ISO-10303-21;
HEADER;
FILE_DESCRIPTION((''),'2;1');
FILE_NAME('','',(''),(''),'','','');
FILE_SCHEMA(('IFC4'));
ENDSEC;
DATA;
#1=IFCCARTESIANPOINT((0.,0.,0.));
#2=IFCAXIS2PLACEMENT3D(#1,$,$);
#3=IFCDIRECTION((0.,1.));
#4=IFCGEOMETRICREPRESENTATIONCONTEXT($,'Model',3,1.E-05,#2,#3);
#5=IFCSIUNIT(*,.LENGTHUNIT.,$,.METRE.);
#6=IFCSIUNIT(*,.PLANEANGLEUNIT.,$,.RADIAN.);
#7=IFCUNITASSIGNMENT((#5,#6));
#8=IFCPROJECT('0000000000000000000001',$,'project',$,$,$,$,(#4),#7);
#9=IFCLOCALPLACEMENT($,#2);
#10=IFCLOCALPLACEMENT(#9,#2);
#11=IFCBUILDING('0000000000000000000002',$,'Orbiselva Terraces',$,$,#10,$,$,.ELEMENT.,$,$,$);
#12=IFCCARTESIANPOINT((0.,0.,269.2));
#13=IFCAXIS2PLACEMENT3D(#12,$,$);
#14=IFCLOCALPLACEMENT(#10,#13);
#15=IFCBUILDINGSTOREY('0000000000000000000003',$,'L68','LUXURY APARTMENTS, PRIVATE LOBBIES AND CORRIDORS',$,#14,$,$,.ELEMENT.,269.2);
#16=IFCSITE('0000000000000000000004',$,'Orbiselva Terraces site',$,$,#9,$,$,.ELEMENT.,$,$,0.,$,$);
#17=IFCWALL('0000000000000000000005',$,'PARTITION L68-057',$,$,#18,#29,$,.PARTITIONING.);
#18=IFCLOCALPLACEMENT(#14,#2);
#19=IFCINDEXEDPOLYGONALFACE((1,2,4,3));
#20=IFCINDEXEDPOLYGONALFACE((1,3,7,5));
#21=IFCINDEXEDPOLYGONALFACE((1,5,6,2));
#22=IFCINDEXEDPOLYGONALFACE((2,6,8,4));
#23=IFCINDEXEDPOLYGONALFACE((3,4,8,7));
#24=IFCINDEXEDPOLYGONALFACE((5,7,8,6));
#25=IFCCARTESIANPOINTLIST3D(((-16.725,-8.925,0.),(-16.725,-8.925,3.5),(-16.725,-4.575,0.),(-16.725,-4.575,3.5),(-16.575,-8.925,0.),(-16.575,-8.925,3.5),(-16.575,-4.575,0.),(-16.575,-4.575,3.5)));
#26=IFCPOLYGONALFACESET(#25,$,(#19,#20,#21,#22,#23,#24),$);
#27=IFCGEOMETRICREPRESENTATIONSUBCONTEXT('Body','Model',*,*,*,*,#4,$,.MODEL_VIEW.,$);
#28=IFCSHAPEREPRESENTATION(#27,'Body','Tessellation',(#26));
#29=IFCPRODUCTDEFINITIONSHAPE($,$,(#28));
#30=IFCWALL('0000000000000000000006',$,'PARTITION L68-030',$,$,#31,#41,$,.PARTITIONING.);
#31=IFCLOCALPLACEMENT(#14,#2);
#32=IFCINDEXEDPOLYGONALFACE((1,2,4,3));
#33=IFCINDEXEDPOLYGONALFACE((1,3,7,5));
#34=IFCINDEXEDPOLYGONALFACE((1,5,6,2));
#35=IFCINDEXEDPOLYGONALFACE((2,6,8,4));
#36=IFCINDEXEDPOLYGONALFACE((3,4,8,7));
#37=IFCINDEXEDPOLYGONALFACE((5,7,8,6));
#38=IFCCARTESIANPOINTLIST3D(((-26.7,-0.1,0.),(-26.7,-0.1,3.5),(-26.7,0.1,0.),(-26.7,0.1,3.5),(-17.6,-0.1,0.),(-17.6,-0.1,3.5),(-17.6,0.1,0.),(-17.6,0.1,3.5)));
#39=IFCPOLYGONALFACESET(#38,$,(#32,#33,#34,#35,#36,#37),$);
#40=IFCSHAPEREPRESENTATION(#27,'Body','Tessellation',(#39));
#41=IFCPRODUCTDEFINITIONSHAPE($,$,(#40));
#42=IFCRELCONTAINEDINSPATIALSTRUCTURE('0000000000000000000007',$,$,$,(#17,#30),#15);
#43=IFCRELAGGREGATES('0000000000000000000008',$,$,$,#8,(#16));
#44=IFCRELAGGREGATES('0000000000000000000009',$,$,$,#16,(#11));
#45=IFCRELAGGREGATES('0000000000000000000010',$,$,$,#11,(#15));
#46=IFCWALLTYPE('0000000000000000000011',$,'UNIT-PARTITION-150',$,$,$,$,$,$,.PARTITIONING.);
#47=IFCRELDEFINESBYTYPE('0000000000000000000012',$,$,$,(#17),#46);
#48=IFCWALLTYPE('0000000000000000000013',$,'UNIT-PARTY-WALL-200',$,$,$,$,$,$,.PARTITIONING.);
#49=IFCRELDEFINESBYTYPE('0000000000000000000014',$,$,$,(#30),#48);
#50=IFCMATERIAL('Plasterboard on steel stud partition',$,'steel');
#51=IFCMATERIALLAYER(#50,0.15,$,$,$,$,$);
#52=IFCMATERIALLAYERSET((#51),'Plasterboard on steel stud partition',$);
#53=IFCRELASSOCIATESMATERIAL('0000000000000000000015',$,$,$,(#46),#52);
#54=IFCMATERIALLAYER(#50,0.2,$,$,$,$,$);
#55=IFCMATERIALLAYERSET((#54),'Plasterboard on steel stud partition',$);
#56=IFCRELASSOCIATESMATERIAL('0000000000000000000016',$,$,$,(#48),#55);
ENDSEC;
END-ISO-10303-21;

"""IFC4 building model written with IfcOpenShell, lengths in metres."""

from ifc_helpers import new_model, si_unit, direction, frame, frame_2d, origin, place, context, subcontext, project, spatial, rectangle, extrude, material, layer, layer_set, type_object, element, save


model = new_model("IFC4")

# Units and contexts
model_context = context("Model", 3, precision=1e-05, world=origin(), true_north=direction((0.0, 1.0)))
body_context = subcontext(model_context, "Body", "Model", "MODEL_VIEW")
ifc_project = project(units=[si_unit("LENGTHUNIT", "METRE"), si_unit("PLANEANGLEUNIT", "RADIAN")], contexts=[model_context])

# Site, building, storey
site_placement = place(None, origin())
site = spatial("IfcSite", under=ifc_project, at=site_placement, Name="Orbiselva Terraces site", CompositionType="ELEMENT", RefElevation=0.0)
building_placement = place(site_placement, origin())
building = spatial("IfcBuilding", under=site, at=building_placement, Name="Orbiselva Terraces", CompositionType="ELEMENT")
storey_placement = place(building_placement, frame((0.0, 0.0, 269.2)))
storey = spatial("IfcBuildingStorey", under=building, at=storey_placement, Name="L68", Description="LUXURY APARTMENTS, PRIVATE LOBBIES AND CORRIDORS", CompositionType="ELEMENT", Elevation=269.2)

# Shared definitions
ifc_material_1 = material(Name="Plasterboard on steel stud partition", Category="steel")

# Shared definitions
ifc_layer_1 = layer(ifc_material_1, 0.15)
ifc_layer_set_1 = layer_set([ifc_layer_1], Name="Plasterboard on steel stud partition")
wall_type_1 = type_object("IfcWallType", Name="UNIT-PARTITION-150", PredefinedType="PARTITIONING", material=ifc_layer_set_1)

# Walls
for number, where, z_axis, x_axis, name in (
    (1, (-16.65, -8.925, 0.0), (0.0, 0.0, 1.0), (0.0, 1.0, 0.0), "PARTITION L68-057"),
):
    element("IfcWall", number, at=place(storey_placement, frame(where, z_axis=z_axis, x_axis=x_axis)), inside=storey, type_object=wall_type_1, Name=name, PredefinedType="PARTITIONING", context=body_context, shape_type="SweptSolid", body=[
        extrude(rectangle(XDim=4.35, YDim=0.15, at=frame_2d((2.175, 0.0))), origin(), (0.0, 0.0, 1.0), 3.5),
    ])
ifc_layer_2 = layer(ifc_material_1, 0.2)
ifc_layer_set_2 = layer_set([ifc_layer_2], Name="Plasterboard on steel stud partition")
wall_type_2 = type_object("IfcWallType", Name="UNIT-PARTY-WALL-200", PredefinedType="PARTITIONING", material=ifc_layer_set_2)
wall_1_placement = place(storey_placement, frame((-26.7, 0.0, 0.0), z_axis=(0.0, 0.0, 1.0), x_axis=(1.0, 0.0, 0.0)))
element("IfcWall", 2, at=wall_1_placement, inside=storey, type_object=wall_type_2, Name="PARTITION L68-030", PredefinedType="PARTITIONING", context=body_context, shape_type="SweptSolid", body=[
    extrude(rectangle(XDim=9.1, YDim=0.2, at=frame_2d((4.55, 0.0))), origin(), (0.0, 0.0, 1.0), 3.5),
])

save(model, "model.ifc")
